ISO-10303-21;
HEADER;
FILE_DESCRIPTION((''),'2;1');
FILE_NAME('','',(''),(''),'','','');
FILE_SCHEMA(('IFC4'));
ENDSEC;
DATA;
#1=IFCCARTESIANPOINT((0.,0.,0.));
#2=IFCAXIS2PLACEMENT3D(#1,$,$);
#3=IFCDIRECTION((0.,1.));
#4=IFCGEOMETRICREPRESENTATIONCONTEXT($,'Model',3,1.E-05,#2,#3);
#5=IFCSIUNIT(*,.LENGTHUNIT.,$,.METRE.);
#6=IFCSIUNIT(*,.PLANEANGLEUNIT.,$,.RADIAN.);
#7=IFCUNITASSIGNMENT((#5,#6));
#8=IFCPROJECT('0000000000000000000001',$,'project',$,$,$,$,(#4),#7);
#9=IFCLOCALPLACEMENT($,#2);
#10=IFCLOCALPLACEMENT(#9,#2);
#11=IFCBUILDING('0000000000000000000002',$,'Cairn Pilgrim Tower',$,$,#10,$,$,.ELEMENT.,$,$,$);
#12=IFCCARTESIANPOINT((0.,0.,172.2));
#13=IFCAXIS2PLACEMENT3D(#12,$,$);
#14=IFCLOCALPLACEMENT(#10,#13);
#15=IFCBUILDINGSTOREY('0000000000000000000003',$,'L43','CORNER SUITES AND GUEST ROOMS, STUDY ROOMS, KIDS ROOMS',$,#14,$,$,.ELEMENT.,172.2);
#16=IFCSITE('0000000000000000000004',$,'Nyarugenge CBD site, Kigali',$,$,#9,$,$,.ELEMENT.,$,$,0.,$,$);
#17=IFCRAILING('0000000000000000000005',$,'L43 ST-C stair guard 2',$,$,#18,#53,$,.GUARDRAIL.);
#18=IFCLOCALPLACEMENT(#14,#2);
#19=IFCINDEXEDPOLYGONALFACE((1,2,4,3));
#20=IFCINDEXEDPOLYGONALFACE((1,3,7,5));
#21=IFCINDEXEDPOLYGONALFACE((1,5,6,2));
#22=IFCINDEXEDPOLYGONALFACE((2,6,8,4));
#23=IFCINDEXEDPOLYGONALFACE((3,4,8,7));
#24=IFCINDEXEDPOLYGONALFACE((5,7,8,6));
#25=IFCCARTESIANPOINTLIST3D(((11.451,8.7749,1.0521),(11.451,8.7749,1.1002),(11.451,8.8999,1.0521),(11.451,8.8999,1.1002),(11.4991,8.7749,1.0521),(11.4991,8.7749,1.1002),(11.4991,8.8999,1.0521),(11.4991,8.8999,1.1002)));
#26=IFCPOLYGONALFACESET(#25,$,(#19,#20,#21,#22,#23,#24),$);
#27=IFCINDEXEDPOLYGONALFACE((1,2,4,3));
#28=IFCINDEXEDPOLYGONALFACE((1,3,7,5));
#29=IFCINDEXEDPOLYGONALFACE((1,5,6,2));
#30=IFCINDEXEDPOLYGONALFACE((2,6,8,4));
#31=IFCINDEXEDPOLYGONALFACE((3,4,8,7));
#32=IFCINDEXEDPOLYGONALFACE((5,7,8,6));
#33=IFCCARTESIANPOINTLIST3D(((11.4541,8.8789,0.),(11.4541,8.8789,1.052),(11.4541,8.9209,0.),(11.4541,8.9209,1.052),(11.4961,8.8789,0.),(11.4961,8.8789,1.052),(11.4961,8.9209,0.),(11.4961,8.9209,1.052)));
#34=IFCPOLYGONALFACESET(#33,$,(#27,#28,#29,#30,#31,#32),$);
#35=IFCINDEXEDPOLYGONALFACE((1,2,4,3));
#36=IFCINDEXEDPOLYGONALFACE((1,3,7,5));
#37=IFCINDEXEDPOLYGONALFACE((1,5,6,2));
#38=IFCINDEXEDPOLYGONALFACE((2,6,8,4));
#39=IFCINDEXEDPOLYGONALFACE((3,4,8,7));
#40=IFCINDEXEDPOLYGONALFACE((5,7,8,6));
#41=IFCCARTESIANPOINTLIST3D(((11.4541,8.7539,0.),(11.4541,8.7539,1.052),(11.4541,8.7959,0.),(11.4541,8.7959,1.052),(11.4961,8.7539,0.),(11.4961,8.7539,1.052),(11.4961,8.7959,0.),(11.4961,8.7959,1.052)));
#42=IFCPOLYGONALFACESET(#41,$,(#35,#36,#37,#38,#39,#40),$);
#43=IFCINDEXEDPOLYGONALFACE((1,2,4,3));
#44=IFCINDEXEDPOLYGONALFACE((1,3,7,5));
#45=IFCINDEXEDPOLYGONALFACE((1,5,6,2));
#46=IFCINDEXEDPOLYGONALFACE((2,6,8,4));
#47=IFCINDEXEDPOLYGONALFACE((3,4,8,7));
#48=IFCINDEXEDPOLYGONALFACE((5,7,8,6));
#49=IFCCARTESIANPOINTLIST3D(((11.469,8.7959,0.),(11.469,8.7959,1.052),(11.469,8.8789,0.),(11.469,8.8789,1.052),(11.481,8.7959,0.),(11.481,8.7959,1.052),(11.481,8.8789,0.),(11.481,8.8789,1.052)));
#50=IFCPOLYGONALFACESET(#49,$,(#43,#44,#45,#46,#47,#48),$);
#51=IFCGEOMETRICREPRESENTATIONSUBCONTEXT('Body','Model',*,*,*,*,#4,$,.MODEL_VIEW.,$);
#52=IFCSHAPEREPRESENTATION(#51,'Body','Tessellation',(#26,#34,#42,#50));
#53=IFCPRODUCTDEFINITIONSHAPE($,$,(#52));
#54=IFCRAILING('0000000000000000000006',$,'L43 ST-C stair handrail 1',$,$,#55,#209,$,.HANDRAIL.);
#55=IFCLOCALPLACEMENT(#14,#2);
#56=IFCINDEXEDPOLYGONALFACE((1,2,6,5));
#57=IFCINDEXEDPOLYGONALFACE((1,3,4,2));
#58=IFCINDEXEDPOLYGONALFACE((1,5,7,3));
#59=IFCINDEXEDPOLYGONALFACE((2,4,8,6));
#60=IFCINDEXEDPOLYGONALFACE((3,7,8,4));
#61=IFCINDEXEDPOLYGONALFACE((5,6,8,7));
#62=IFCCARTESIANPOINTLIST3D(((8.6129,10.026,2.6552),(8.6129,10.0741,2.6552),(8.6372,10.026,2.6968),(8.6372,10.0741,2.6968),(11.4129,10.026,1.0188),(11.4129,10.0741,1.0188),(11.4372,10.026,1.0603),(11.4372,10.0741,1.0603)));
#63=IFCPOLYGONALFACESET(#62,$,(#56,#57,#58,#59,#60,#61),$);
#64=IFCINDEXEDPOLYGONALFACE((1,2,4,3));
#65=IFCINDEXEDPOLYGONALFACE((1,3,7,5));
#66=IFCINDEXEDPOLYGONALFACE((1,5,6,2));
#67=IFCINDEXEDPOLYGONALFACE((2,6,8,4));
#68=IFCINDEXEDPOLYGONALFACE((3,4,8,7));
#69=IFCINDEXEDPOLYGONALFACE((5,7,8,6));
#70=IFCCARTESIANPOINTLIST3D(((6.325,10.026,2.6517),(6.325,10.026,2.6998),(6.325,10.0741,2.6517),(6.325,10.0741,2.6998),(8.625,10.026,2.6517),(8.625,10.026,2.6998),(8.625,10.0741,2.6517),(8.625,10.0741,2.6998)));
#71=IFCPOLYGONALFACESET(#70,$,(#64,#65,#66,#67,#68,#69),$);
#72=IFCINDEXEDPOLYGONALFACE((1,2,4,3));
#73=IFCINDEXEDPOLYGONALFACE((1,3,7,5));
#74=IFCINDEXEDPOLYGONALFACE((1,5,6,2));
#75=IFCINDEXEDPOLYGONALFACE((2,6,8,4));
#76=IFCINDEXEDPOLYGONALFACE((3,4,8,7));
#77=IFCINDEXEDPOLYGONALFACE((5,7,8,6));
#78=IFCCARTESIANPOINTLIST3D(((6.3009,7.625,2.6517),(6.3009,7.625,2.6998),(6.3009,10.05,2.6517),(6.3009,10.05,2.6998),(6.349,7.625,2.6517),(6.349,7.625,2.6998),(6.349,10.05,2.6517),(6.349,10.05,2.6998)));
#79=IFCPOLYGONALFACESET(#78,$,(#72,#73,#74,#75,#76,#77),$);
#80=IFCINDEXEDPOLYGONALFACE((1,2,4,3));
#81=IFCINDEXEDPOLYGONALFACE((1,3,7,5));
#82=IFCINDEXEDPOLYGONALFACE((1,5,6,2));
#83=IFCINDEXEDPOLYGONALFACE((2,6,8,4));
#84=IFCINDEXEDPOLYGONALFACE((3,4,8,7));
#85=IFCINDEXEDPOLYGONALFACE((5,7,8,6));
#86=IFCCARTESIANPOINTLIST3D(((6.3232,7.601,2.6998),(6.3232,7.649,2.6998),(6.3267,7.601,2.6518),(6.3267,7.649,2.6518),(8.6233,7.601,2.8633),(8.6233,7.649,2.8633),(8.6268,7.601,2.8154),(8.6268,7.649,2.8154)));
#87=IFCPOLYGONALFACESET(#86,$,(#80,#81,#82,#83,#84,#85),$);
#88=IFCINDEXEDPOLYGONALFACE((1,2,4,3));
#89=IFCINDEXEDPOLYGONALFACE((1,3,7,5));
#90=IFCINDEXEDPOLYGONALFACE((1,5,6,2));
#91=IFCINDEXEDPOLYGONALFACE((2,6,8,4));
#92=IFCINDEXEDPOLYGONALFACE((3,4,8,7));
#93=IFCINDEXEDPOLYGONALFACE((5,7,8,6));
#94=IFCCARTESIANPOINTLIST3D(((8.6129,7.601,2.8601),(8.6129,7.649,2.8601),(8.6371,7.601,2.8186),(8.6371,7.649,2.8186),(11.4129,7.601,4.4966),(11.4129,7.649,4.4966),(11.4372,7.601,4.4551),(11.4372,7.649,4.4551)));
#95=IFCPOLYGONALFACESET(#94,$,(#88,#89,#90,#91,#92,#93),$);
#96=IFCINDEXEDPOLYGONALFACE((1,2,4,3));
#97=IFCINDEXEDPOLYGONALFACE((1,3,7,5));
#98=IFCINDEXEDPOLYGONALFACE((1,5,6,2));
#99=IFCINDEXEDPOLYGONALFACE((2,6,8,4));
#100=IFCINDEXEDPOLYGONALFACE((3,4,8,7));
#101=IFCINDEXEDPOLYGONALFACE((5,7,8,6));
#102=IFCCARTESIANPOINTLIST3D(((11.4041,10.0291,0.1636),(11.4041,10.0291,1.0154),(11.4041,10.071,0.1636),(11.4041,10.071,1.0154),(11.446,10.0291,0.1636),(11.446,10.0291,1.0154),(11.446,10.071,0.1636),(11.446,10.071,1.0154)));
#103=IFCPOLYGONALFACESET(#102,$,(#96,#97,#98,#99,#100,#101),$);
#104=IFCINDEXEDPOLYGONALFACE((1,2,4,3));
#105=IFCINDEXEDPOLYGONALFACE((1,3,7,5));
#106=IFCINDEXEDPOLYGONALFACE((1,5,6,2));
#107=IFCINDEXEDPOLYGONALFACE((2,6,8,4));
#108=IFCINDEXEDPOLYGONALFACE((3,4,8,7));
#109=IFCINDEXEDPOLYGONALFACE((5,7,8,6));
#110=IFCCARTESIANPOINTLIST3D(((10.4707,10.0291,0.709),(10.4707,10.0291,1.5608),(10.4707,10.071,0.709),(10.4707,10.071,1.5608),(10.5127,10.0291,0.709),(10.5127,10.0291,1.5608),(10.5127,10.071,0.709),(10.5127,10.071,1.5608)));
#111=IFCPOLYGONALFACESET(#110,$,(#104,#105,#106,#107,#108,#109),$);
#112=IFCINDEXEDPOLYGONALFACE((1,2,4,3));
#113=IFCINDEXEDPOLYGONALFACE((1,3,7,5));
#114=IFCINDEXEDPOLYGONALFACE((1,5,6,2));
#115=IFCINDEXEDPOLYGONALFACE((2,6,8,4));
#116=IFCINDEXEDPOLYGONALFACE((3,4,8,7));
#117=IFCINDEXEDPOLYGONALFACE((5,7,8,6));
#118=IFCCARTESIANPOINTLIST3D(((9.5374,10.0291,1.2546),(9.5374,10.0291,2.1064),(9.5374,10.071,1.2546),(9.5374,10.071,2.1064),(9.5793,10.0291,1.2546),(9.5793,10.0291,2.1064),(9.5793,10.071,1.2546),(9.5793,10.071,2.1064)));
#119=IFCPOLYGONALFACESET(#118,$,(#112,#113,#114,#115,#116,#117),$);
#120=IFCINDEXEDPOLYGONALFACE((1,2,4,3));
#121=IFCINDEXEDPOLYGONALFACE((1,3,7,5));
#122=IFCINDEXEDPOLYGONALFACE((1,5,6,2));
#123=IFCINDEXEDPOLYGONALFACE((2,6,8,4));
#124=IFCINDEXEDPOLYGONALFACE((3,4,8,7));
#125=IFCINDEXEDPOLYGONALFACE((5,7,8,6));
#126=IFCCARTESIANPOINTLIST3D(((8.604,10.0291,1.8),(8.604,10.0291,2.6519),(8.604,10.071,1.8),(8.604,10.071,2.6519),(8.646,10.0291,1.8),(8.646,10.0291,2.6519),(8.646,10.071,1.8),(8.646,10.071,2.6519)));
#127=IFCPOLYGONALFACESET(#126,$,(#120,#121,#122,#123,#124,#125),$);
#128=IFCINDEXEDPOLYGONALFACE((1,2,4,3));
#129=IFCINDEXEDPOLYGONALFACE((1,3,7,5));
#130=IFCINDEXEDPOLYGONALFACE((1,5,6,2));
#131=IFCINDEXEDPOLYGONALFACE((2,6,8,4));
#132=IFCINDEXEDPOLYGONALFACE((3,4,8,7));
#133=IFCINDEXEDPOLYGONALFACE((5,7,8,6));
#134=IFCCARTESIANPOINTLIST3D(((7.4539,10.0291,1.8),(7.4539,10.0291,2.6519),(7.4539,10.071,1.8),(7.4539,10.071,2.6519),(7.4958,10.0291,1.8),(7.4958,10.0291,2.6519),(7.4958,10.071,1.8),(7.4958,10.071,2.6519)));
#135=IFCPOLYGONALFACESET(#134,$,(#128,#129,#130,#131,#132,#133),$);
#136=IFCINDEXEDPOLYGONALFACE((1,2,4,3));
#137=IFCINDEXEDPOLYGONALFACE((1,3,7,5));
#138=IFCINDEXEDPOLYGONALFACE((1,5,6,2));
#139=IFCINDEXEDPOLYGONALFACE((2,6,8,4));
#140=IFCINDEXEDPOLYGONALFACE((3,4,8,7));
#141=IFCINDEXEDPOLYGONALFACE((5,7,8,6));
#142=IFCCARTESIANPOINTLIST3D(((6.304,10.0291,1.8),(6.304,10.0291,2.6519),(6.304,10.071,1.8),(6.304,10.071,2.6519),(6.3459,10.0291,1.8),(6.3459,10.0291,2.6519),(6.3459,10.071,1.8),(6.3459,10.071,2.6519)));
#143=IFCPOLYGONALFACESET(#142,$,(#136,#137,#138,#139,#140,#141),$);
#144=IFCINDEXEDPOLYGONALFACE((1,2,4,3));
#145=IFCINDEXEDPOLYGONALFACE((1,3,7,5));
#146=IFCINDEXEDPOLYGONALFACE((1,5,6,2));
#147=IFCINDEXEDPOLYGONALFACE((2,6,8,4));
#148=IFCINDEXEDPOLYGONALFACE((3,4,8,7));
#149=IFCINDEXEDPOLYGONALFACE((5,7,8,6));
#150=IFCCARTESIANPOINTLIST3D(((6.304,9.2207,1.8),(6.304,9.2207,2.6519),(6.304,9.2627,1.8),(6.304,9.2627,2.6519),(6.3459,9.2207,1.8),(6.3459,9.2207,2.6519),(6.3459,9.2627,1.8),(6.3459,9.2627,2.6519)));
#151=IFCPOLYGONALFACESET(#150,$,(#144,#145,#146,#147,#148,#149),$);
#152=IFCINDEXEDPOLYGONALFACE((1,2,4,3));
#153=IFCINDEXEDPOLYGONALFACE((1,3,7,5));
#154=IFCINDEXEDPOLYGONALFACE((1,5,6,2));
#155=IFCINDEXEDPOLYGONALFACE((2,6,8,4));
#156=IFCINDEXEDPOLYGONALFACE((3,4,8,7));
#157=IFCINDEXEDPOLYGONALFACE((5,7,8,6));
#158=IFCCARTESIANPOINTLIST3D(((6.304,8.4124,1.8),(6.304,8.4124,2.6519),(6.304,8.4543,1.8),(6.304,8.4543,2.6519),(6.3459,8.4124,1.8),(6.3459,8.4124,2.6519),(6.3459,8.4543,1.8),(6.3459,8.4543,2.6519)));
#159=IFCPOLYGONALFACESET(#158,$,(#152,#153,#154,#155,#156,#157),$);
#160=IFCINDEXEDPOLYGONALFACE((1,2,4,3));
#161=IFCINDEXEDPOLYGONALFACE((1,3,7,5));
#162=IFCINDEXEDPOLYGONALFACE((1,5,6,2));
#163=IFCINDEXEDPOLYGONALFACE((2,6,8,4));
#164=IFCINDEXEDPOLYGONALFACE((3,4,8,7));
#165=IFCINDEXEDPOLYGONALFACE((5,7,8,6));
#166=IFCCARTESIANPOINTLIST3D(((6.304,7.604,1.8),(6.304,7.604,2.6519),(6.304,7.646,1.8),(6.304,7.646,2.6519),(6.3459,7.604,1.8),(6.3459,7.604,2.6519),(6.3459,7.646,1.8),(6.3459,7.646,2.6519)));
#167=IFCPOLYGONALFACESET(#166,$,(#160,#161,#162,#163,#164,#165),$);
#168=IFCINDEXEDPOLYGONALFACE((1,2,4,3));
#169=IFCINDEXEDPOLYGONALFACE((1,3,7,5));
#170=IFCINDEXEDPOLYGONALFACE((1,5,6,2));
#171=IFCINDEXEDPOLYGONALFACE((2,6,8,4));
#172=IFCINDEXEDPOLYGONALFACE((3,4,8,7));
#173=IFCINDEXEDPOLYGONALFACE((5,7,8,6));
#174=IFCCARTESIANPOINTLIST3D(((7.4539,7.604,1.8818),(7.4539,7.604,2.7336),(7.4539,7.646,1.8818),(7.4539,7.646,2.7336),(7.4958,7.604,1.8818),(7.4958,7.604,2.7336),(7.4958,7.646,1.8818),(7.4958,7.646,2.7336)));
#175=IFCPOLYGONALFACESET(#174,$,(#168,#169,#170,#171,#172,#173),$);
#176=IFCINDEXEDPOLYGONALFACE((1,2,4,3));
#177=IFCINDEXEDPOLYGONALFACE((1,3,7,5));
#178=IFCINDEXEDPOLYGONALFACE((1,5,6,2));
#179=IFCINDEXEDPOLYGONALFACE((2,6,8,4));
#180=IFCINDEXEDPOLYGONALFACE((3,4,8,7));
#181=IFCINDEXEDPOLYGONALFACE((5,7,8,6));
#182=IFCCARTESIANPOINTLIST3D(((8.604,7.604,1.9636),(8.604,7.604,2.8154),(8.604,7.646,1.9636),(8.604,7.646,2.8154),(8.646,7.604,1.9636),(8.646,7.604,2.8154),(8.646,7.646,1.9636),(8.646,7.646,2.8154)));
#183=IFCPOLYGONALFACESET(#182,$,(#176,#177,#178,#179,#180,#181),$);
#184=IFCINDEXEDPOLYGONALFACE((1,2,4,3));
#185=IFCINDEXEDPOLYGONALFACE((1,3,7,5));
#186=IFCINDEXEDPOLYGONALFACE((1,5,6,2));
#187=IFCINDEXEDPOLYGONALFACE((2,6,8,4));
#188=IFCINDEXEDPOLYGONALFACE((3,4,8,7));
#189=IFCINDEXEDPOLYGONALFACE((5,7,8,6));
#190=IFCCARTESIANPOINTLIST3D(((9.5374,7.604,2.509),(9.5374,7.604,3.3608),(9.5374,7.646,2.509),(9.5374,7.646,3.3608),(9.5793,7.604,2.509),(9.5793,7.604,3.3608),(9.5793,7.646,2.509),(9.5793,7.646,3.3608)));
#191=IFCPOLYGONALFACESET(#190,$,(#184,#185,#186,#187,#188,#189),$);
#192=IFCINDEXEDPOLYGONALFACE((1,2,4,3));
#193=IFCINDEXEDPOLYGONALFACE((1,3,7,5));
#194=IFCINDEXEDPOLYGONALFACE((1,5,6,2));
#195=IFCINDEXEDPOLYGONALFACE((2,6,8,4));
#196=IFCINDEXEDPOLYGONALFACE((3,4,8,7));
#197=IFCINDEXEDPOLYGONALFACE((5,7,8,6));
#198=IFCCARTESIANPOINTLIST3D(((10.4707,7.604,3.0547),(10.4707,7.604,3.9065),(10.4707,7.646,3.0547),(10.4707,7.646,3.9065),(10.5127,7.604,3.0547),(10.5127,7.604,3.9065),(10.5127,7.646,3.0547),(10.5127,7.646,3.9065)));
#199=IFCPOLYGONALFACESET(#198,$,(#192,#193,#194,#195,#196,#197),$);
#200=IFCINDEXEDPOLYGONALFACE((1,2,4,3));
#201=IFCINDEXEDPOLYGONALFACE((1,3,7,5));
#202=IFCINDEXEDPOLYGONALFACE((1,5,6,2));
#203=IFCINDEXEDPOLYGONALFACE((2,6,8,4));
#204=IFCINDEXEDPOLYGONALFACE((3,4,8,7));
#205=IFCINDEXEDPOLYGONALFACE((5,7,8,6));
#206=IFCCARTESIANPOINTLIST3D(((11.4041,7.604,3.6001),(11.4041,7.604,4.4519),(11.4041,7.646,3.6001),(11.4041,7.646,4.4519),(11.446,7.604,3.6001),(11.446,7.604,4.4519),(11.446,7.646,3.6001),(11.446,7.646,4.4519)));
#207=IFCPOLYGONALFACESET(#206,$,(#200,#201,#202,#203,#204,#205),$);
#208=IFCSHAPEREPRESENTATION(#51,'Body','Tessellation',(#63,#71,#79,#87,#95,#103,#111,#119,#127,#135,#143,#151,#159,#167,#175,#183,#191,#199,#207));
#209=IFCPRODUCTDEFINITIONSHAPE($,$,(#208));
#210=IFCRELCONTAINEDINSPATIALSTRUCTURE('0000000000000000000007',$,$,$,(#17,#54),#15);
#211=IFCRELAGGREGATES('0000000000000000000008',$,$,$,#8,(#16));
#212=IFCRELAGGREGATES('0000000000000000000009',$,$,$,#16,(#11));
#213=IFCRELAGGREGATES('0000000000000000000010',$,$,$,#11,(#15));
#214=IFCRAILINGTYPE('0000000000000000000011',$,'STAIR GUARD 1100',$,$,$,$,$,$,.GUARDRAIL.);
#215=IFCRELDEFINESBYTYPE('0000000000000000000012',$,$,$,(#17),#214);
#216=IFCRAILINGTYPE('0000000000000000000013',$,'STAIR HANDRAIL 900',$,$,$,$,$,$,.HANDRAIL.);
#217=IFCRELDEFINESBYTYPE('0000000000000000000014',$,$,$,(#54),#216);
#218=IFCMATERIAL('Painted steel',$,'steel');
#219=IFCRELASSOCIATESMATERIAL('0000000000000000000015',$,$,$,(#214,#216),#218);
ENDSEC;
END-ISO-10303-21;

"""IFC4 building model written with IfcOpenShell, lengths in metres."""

from ifc_helpers import new_model, si_unit, direction, frame, origin, origin_2d, place, context, subcontext, project, spatial, polyline, rectangle, outline, extrude, material, type_object, element, save


model = new_model("IFC4")

# Units and contexts
model_context = context("Model", 3, precision=1e-05, world=origin(), true_north=direction((0.0, 1.0)))
body_context = subcontext(model_context, "Body", "Model", "MODEL_VIEW")
ifc_project = project(units=[si_unit("LENGTHUNIT", "METRE"), si_unit("PLANEANGLEUNIT", "RADIAN")], contexts=[model_context])

# Site, building, storey
site_placement = place(None, origin())
site = spatial("IfcSite", under=ifc_project, at=site_placement, Name="Nyarugenge CBD site, Kigali", CompositionType="ELEMENT", RefElevation=0.0)
building_placement = place(site_placement, origin())
building = spatial("IfcBuilding", under=site, at=building_placement, Name="Cairn Pilgrim Tower", CompositionType="ELEMENT")
storey_placement = place(building_placement, frame((0.0, 0.0, 172.2)))
storey = spatial("IfcBuildingStorey", under=building, at=storey_placement, Name="L43", Description="CORNER SUITES AND GUEST ROOMS, STUDY ROOMS, KIDS ROOMS", CompositionType="ELEMENT", Elevation=172.2)

# Shared definitions
ifc_material_1 = material(Name="Painted steel", Category="steel")

# Railings
railing_type_1 = type_object("IfcRailingType", Name="STAIR GUARD 1100", PredefinedType="GUARDRAIL", material=ifc_material_1)
railing_1_placement = place(storey_placement, frame((11.4751, 8.8999, 0.0)))
element("IfcRailing", 1, at=railing_1_placement, inside=storey, type_object=railing_type_1, Name="L43 ST-C stair guard 2", PredefinedType="GUARDRAIL", context=body_context, shape_type="SweptSolid", body=[
    extrude(rectangle(XDim=0.0481, YDim=0.0481, at=origin_2d()), frame((0.0, 0.0, 1.0762), z_axis=(0.0, -1.0, 0.0), x_axis=(1.0, 0.0, 0.0)), (0.0, 0.0, 1.0), 0.125),
    extrude(rectangle(XDim=0.042, YDim=0.042, at=origin_2d()), origin(), (0.0, 0.0, 1.0), 1.052),
    extrude(rectangle(XDim=0.042, YDim=0.042, at=origin_2d()), frame((0.0, -0.125, 0.0)), (0.0, 0.0, 1.0), 1.052),
    extrude(outline(polyline([(0.021, 0.0), (0.104, 0.0), (0.104, 1.052), (0.021, 1.052), (0.021, 0.0)])), frame((0.0059, 0.0, 0.0), z_axis=(-1.0, 0.0, 0.0), x_axis=(0.0, -1.0, 0.0)), (0.0, 0.0, 1.0), 0.012),
])
railing_type_2 = type_object("IfcRailingType", Name="STAIR HANDRAIL 900", PredefinedType="HANDRAIL", material=ifc_material_1)
railing_2_placement = place(storey_placement, frame((11.425, 10.05, 0.1636)))
element("IfcRailing", 2, at=railing_2_placement, inside=storey, type_object=railing_type_2, Name="L43 ST-C stair handrail 1", PredefinedType="HANDRAIL", context=body_context, shape_type="SweptSolid", body=[
    extrude(rectangle(XDim=0.0481, YDim=0.0481, at=origin_2d()), frame((0.0, 0.0, 0.876), z_axis=(-0.863361, 0.0, 0.504587), x_axis=(0.0, -1.0, 0.0)), (0.0, 0.0, 1.0), 3.2432),
    extrude(rectangle(XDim=0.0481, YDim=0.0481, at=origin_2d()), frame((-2.8, 0.0, 2.5122), z_axis=(-1.0, 0.0, 0.0), x_axis=(0.0, -1.0, 0.0)), (0.0, 0.0, 1.0), 2.3),
    extrude(rectangle(XDim=0.0481, YDim=0.0481, at=origin_2d()), frame((-5.1001, 0.0, 2.5122), z_axis=(0.0, -1.0, 0.0), x_axis=(1.0, 0.0, 0.0)), (0.0, 0.0, 1.0), 2.425),
    extrude(rectangle(XDim=0.0481, YDim=0.0481, at=origin_2d()), frame((-5.1001, -2.425, 2.5122), z_axis=(0.997481, 0.0, 0.070939), x_axis=(0.0, 1.0, 0.0)), (0.0, 0.0, 1.0), 2.3059),
    extrude(rectangle(XDim=0.0481, YDim=0.0481, at=origin_2d()), frame((-2.8, -2.425, 2.6758), z_axis=(0.863361, 0.0, 0.504587), x_axis=(0.0, 1.0, 0.0)), (0.0, 0.0, 1.0), 3.2432),
    extrude(rectangle(XDim=0.042, YDim=0.042, at=origin_2d()), origin(), (0.0, 0.0, 1.0), 0.8518),
    extrude(rectangle(XDim=0.042, YDim=0.042, at=origin_2d()), frame((-0.9333, 0.0, 0.5454)), (0.0, 0.0, 1.0), 0.8518),
    extrude(rectangle(XDim=0.042, YDim=0.042, at=origin_2d()), frame((-1.8667, 0.0, 1.0911)), (0.0, 0.0, 1.0), 0.8518),
    extrude(rectangle(XDim=0.042, YDim=0.042, at=origin_2d()), frame((-2.8, 0.0, 1.6365)), (0.0, 0.0, 1.0), 0.8518),
    extrude(rectangle(XDim=0.042, YDim=0.042, at=origin_2d()), frame((-3.9502, 0.0, 1.6365)), (0.0, 0.0, 1.0), 0.8518),
    extrude(rectangle(XDim=0.042, YDim=0.042, at=origin_2d()), frame((-5.1001, 0.0, 1.6365)), (0.0, 0.0, 1.0), 0.8518),
    extrude(rectangle(XDim=0.042, YDim=0.042, at=origin_2d()), frame((-5.1001, -0.8083, 1.6365)), (0.0, 0.0, 1.0), 0.8518),
    extrude(rectangle(XDim=0.042, YDim=0.042, at=origin_2d()), frame((-5.1001, -1.6167, 1.6365)), (0.0, 0.0, 1.0), 0.8518),
    extrude(rectangle(XDim=0.042, YDim=0.042, at=origin_2d()), frame((-5.1001, -2.425, 1.6365)), (0.0, 0.0, 1.0), 0.8518),
    extrude(rectangle(XDim=0.042, YDim=0.042, at=origin_2d()), frame((-3.9502, -2.425, 1.7183)), (0.0, 0.0, 1.0), 0.8518),
    extrude(rectangle(XDim=0.042, YDim=0.042, at=origin_2d()), frame((-2.8, -2.425, 1.8)), (0.0, 0.0, 1.0), 0.8518),
    extrude(rectangle(XDim=0.042, YDim=0.042, at=origin_2d()), frame((-1.8667, -2.425, 2.3455)), (0.0, 0.0, 1.0), 0.8518),
    extrude(rectangle(XDim=0.042, YDim=0.042, at=origin_2d()), frame((-0.9333, -2.425, 2.8911)), (0.0, 0.0, 1.0), 0.8518),
    extrude(rectangle(XDim=0.042, YDim=0.042, at=origin_2d()), frame((0.0, -2.425, 3.4365)), (0.0, 0.0, 1.0), 0.8518),
])

save(model, "model.ifc")
